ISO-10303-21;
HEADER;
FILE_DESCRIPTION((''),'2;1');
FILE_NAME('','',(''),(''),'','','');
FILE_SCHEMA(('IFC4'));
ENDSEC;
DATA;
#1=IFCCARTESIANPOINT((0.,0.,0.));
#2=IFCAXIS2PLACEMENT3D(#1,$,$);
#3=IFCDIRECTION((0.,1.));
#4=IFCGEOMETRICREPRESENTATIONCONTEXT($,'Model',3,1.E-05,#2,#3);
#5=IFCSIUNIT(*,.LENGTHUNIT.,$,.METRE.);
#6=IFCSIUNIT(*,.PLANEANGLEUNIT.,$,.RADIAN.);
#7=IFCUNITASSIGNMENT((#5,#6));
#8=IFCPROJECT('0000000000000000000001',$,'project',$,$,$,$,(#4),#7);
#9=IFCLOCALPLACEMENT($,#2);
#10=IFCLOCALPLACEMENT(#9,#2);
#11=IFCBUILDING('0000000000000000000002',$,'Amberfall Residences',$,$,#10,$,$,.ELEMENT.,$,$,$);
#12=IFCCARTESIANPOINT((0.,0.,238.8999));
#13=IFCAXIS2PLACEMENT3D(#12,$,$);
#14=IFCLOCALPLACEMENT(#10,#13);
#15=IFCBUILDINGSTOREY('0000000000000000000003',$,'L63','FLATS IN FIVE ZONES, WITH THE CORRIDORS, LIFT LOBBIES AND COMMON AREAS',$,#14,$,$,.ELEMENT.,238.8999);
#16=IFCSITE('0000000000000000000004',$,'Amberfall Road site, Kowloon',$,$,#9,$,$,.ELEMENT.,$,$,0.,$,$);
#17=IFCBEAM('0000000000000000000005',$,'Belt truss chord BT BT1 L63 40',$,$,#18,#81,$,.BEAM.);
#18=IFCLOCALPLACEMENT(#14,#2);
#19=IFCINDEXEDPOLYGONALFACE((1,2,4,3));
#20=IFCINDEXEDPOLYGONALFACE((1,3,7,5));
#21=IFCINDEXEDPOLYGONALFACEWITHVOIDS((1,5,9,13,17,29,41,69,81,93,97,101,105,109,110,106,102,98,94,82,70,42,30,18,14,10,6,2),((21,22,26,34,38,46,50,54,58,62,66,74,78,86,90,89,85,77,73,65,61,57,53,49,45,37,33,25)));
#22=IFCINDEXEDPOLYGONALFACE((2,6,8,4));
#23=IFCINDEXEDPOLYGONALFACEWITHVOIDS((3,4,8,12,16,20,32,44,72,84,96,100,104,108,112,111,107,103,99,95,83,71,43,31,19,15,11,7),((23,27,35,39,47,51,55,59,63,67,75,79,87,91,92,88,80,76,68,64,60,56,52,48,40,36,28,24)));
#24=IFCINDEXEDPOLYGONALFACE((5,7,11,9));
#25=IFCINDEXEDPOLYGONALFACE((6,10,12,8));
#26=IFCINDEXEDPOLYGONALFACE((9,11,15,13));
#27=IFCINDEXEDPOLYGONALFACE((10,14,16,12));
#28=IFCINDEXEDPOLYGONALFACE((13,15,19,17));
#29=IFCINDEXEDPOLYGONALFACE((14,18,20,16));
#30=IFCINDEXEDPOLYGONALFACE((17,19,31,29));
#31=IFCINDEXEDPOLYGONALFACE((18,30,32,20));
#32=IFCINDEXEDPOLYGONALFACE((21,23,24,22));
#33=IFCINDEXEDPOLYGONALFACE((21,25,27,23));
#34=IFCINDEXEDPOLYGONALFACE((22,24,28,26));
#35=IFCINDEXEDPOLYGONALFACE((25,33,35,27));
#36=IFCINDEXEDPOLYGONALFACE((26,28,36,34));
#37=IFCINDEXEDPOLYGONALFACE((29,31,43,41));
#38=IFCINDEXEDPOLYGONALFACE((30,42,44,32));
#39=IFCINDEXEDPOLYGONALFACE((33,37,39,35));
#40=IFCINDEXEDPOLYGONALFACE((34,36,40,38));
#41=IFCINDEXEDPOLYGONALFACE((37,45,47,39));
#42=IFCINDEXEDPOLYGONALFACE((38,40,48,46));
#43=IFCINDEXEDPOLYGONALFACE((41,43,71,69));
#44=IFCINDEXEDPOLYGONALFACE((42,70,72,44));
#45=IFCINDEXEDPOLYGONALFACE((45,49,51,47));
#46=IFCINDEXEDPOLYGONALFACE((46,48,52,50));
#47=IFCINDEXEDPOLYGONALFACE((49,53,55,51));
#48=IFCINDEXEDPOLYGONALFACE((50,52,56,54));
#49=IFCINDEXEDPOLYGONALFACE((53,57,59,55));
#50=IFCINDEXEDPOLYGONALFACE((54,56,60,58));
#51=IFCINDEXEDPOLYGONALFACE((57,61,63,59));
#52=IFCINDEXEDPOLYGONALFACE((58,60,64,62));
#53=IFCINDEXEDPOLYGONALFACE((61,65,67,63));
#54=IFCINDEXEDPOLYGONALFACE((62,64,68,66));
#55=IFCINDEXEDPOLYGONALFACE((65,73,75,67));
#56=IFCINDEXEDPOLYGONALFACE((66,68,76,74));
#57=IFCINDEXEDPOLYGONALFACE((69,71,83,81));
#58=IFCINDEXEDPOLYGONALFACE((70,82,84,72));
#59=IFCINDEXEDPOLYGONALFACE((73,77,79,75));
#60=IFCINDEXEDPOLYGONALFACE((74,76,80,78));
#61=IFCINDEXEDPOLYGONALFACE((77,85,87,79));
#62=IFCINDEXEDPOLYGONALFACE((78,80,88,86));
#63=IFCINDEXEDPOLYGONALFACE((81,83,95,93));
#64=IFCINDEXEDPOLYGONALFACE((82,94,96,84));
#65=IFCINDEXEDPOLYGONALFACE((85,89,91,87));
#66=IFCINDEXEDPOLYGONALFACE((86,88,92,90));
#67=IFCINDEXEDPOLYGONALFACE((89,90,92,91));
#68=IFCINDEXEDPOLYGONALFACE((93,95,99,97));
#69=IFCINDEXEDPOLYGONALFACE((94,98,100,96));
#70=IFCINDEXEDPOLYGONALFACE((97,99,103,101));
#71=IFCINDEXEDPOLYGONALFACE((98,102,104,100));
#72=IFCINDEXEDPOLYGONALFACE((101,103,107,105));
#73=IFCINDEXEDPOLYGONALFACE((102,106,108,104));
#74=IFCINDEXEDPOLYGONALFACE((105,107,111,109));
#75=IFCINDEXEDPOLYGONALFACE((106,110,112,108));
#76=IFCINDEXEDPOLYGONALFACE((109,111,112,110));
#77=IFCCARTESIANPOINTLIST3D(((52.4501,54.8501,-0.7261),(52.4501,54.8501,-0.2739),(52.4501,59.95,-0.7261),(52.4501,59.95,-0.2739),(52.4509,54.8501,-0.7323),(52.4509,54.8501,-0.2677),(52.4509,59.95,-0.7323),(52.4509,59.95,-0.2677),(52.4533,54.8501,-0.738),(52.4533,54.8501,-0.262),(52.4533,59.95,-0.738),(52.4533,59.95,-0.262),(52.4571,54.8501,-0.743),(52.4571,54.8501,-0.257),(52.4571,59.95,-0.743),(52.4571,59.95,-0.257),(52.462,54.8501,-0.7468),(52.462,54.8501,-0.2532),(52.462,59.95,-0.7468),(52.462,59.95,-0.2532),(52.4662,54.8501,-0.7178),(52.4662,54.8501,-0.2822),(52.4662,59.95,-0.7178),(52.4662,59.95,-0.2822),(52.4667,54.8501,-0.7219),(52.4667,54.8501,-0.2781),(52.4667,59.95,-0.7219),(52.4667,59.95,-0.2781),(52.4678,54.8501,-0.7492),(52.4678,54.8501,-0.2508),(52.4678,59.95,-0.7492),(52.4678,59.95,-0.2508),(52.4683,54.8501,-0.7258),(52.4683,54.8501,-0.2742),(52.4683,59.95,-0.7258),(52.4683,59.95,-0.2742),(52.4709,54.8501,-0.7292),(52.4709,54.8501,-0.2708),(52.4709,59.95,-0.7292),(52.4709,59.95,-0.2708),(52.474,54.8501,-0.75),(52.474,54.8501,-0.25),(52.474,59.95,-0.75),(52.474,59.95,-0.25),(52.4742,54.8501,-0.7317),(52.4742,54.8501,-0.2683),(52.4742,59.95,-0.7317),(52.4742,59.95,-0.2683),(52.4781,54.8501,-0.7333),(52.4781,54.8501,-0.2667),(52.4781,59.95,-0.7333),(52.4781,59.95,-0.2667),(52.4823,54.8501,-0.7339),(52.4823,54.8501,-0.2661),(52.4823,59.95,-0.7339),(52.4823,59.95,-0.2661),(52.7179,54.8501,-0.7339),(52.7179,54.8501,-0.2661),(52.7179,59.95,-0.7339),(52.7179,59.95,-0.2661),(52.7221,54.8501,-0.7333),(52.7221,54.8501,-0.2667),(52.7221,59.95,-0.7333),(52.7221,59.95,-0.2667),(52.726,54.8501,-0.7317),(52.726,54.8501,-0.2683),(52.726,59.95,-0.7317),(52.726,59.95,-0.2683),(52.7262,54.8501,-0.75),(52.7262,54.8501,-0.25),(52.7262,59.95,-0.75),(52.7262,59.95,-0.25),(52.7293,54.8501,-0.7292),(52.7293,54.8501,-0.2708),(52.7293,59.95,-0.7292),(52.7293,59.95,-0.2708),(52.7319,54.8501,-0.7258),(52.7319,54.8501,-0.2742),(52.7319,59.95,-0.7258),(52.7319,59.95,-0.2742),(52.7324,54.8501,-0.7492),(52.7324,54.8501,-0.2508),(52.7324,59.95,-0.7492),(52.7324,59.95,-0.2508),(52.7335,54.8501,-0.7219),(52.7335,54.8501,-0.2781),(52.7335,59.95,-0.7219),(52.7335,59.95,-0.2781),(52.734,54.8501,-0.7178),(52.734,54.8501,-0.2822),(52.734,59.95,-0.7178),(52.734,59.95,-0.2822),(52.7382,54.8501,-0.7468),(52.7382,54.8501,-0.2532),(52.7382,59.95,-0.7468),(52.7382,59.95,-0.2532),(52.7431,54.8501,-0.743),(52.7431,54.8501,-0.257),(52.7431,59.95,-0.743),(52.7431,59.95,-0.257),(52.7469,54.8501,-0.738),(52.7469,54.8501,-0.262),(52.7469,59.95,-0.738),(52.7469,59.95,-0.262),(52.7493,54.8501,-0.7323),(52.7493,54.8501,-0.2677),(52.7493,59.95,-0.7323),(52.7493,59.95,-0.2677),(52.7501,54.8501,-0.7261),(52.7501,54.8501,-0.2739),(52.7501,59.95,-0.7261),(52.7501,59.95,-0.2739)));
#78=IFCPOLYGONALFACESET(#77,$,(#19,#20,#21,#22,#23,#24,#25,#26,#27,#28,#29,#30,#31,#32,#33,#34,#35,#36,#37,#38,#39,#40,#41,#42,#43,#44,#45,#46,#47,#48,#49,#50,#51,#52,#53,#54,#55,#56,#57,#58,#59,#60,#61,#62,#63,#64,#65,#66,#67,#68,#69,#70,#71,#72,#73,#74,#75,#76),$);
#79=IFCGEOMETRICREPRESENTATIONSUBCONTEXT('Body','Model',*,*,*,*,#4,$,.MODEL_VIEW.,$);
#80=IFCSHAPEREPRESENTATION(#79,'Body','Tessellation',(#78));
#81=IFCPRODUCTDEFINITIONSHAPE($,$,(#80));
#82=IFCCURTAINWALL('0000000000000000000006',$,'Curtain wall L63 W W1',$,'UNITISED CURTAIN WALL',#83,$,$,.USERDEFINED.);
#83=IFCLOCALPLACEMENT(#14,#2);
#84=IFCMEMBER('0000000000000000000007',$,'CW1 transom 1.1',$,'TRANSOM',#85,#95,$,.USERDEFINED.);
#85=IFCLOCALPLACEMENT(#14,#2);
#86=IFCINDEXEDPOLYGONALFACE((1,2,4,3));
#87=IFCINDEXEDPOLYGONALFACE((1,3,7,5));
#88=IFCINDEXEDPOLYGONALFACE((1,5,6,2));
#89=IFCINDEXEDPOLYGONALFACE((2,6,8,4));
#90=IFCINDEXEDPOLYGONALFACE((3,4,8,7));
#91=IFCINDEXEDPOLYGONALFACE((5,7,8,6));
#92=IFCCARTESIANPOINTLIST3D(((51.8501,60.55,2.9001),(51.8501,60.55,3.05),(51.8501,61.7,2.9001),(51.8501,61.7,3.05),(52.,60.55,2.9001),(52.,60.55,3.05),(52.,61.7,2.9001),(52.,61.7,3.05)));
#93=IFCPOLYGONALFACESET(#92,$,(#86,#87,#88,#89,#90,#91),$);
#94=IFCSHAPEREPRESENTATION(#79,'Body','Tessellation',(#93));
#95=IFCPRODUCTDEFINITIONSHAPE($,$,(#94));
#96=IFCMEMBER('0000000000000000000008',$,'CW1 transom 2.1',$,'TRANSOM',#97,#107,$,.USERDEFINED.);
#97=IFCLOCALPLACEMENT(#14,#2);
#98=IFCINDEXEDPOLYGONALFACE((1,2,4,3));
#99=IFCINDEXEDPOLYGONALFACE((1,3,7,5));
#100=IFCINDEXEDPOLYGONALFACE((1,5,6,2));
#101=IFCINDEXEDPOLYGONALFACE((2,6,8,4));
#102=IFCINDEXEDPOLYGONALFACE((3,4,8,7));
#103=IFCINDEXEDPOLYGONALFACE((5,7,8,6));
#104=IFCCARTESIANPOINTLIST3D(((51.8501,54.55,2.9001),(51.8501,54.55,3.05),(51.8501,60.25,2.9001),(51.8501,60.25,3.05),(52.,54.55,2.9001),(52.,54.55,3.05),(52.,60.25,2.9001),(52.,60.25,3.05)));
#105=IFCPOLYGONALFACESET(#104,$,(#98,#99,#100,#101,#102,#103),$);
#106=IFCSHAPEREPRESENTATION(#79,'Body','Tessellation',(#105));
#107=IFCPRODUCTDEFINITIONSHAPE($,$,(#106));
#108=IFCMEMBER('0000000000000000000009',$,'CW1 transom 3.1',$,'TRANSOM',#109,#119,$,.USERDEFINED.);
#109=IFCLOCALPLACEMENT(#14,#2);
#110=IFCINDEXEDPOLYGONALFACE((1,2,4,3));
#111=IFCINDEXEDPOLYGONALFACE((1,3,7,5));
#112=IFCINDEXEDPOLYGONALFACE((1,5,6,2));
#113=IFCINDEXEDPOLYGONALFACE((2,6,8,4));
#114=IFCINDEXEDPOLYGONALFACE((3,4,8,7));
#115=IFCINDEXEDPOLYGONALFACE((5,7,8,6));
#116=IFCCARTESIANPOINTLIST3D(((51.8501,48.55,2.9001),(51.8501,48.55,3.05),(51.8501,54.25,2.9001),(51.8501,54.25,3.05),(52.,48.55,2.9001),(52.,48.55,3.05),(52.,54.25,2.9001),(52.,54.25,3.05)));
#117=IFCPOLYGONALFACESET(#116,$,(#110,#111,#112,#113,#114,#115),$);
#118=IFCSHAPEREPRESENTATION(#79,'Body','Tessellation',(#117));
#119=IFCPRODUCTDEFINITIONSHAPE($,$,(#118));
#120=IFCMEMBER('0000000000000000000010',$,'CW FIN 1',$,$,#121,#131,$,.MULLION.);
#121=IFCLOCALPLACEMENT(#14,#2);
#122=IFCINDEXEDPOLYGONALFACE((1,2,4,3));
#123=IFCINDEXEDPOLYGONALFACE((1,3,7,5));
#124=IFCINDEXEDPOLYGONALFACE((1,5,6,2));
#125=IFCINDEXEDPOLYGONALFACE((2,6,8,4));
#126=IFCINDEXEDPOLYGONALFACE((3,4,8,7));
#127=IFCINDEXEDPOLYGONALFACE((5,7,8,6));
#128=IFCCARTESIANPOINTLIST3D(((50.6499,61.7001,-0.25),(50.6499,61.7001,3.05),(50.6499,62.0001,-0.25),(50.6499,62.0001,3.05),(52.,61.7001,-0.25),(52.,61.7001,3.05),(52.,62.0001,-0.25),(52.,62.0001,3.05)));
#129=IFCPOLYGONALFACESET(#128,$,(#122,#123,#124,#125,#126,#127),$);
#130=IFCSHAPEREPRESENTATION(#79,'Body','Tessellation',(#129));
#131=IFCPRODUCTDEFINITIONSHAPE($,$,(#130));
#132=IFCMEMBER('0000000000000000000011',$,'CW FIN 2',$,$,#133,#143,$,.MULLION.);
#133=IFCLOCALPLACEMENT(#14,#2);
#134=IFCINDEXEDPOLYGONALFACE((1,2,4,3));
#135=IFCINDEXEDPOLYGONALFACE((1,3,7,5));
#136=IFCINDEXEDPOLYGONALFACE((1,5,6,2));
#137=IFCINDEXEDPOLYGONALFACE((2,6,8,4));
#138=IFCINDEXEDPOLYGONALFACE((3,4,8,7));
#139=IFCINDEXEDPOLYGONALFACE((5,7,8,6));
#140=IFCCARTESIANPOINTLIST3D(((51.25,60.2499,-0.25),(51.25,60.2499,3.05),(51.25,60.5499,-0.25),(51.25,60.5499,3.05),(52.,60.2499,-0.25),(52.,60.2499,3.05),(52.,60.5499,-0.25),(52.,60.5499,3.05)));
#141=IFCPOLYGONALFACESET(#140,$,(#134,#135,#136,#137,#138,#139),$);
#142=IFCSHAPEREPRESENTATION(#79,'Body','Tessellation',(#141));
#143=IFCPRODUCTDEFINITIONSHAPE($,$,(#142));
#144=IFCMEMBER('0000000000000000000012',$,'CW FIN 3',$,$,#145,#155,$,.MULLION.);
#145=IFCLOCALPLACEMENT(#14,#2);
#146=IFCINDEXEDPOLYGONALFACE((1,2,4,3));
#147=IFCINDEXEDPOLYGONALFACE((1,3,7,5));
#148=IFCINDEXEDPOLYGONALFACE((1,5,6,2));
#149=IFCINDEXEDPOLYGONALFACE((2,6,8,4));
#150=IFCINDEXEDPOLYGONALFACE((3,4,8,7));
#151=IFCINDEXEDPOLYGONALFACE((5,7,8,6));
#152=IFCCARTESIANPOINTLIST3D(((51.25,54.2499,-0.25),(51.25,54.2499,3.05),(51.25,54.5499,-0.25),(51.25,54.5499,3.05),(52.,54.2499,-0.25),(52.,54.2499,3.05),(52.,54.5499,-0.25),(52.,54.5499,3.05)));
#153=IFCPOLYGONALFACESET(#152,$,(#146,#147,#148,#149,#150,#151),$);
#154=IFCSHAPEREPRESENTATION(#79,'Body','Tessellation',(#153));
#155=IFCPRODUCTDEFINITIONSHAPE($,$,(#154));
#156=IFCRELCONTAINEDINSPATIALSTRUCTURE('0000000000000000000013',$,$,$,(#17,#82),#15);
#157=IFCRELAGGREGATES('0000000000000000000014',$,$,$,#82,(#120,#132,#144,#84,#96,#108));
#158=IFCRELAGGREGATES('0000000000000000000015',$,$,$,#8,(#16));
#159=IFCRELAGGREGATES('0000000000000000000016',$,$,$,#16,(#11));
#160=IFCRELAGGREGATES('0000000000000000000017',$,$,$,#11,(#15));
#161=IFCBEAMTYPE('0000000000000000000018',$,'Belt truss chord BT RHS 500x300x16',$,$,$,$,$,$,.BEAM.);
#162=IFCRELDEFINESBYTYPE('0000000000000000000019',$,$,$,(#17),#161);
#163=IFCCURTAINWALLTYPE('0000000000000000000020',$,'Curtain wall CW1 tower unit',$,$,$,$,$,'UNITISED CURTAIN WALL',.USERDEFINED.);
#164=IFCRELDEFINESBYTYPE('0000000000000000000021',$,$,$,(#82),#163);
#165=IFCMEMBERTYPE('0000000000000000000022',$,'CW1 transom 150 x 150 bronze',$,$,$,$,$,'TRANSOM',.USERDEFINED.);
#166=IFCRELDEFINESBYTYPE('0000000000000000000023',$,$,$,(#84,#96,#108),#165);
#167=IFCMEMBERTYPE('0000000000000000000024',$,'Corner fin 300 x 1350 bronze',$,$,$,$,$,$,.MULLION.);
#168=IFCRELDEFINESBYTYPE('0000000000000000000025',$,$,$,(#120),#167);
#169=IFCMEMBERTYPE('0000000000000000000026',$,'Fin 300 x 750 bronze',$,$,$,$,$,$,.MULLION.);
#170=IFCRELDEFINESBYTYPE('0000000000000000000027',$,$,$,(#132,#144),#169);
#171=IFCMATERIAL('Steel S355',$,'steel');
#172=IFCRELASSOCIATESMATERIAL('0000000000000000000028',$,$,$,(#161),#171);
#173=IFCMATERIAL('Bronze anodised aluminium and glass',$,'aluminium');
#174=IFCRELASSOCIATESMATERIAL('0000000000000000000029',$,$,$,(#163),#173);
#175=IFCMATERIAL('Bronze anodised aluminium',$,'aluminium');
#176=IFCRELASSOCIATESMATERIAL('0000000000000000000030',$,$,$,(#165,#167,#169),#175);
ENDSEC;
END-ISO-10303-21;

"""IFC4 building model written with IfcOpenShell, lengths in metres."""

from ifc_helpers import new_model, si_unit, direction, frame, origin, origin_2d, place, context, subcontext, project, spatial, rectangle, hollow_rectangle, extrude, material, material_profile, profile_set, type_object, element, aggregate, save


model = new_model("IFC4")

# Units and contexts
model_context = context("Model", 3, precision=1e-05, world=origin(), true_north=direction((0.0, 1.0)))
body_context = subcontext(model_context, "Body", "Model", "MODEL_VIEW")
ifc_project = project(units=[si_unit("LENGTHUNIT", "METRE"), si_unit("PLANEANGLEUNIT", "RADIAN")], contexts=[model_context])

# Site, building, storey
site_placement = place(None, origin())
site = spatial("IfcSite", under=ifc_project, at=site_placement, Name="Amberfall Road site, Kowloon", CompositionType="ELEMENT", RefElevation=0.0)
building_placement = place(site_placement, origin())
building = spatial("IfcBuilding", under=site, at=building_placement, Name="Amberfall Residences", CompositionType="ELEMENT")
storey_placement = place(building_placement, frame((0.0, 0.0, 238.8999)))
storey = spatial("IfcBuildingStorey", under=building, at=storey_placement, Name="L63", Description="FLATS IN FIVE ZONES, WITH THE CORRIDORS, LIFT LOBBIES AND COMMON AREAS", CompositionType="ELEMENT", Elevation=238.8999)

# Beam
ifc_material_1 = material(Name="Steel S355", Category="steel")
ifc_material_profile_1 = material_profile(ifc_material_1, hollow_rectangle(XDim=0.3, YDim=0.5, WallThickness=0.0161, InnerFilletRadius=0.0161, OuterFilletRadius=0.0239, at=origin_2d()), Name="RHS 500x300x16")
ifc_profile_set_1 = profile_set([ifc_material_profile_1], Name="Steel S355")
beam_type_1 = type_object("IfcBeamType", Name="Belt truss chord BT RHS 500x300x16", PredefinedType="BEAM", material=ifc_profile_set_1)
beam_1_placement = place(storey_placement, frame((52.6001, 54.8501, -0.5), z_axis=(0.0, 1.0, 0.0), x_axis=(-1.0, 0.0, 0.0)))
element("IfcBeam", 1, at=beam_1_placement, inside=storey, type_object=beam_type_1, Name="Belt truss chord BT BT1 L63 40", PredefinedType="BEAM", context=body_context, shape_type="SweptSolid", body=[
    extrude(hollow_rectangle(XDim=0.3, YDim=0.5, WallThickness=0.0161, InnerFilletRadius=0.0161, OuterFilletRadius=0.0239, at=origin_2d()), origin(), (0.0, 0.0, 1.0), 5.0999),
])

# Curtain wall, members
ifc_material_2 = material(Name="Bronze anodised aluminium and glass", Category="aluminium")
curtain_wall_type = type_object("IfcCurtainWallType", Name="Curtain wall CW1 tower unit", ElementType="UNITISED CURTAIN WALL", PredefinedType="USERDEFINED", material=ifc_material_2)
curtain_wall_placement = place(storey_placement, origin())
curtain_wall = element("IfcCurtainWall", 2, at=curtain_wall_placement, inside=storey, type_object=curtain_wall_type, Name="Curtain wall L63 W W1", ObjectType="UNITISED CURTAIN WALL", PredefinedType="USERDEFINED")
ifc_material_3 = material(Name="Bronze anodised aluminium", Category="aluminium")
ifc_material_profile_2 = material_profile(ifc_material_3, rectangle(XDim=0.1499, YDim=0.1499, at=origin_2d()), Name="CW1 transom 150 x 150 bronze")
ifc_profile_set_2 = profile_set([ifc_material_profile_2], Name="Bronze anodised aluminium")
member_type_1 = type_object("IfcMemberType", Name="CW1 transom 150 x 150 bronze", ElementType="TRANSOM", PredefinedType="USERDEFINED", material=ifc_profile_set_2)
member_1_placement = place(storey_placement, frame((51.925, 61.7, 2.9751), z_axis=(0.0, -1.0, 0.0), x_axis=(1.0, 0.0, 0.0)))
member_1 = element("IfcMember", 3, at=member_1_placement, type_object=member_type_1, Name="CW1 transom 1.1", ObjectType="TRANSOM", PredefinedType="USERDEFINED", context=body_context, shape_type="SweptSolid", body=[
    extrude(rectangle(XDim=0.1499, YDim=0.1499, at=origin_2d()), origin(), (0.0, 0.0, 1.0), 1.1499),
])
member_2_placement = place(storey_placement, frame((51.925, 60.25, 2.9751), z_axis=(0.0, -1.0, 0.0), x_axis=(1.0, 0.0, 0.0)))
member_2 = element("IfcMember", 4, at=member_2_placement, type_object=member_type_1, Name="CW1 transom 2.1", ObjectType="TRANSOM", PredefinedType="USERDEFINED", context=body_context, shape_type="SweptSolid", body=[
    extrude(rectangle(XDim=0.1499, YDim=0.1499, at=origin_2d()), origin(), (0.0, 0.0, 1.0), 5.7),
])
member_3_placement = place(storey_placement, frame((51.925, 54.25, 2.9751), z_axis=(0.0, -1.0, 0.0), x_axis=(1.0, 0.0, 0.0)))
member_3 = element("IfcMember", 5, at=member_3_placement, type_object=member_type_1, Name="CW1 transom 3.1", ObjectType="TRANSOM", PredefinedType="USERDEFINED", context=body_context, shape_type="SweptSolid", body=[
    extrude(rectangle(XDim=0.1499, YDim=0.1499, at=origin_2d()), origin(), (0.0, 0.0, 1.0), 5.7),
])
ifc_material_profile_3 = material_profile(ifc_material_3, rectangle(XDim=1.3501, YDim=0.3, at=origin_2d()), Name="Corner fin 300 x 1350 bronze")
ifc_profile_set_3 = profile_set([ifc_material_profile_3], Name="Bronze anodised aluminium")
member_type_2 = type_object("IfcMemberType", Name="Corner fin 300 x 1350 bronze", PredefinedType="MULLION", material=ifc_profile_set_3)
member_4_placement = place(storey_placement, frame((51.325, 61.8501, -0.25), z_axis=(0.0, 0.0, 1.0), x_axis=(1.0, 0.0, 0.0)))
member_4 = element("IfcMember", 6, at=member_4_placement, type_object=member_type_2, Name="CW FIN 1", PredefinedType="MULLION", context=body_context, shape_type="SweptSolid", body=[
    extrude(rectangle(XDim=1.3501, YDim=0.3, at=origin_2d()), origin(), (0.0, 0.0, 1.0), 3.3),
])
ifc_material_profile_4 = material_profile(ifc_material_3, rectangle(XDim=0.75, YDim=0.3, at=origin_2d()), Name="Fin 300 x 750 bronze")
ifc_profile_set_4 = profile_set([ifc_material_profile_4], Name="Bronze anodised aluminium")
member_type_3 = type_object("IfcMemberType", Name="Fin 300 x 750 bronze", PredefinedType="MULLION", material=ifc_profile_set_4)
member_5_placement = place(storey_placement, frame((51.625, 60.3999, -0.25), z_axis=(0.0, 0.0, 1.0), x_axis=(1.0, 0.0, 0.0)))
member_5 = element("IfcMember", 7, at=member_5_placement, type_object=member_type_3, Name="CW FIN 2", PredefinedType="MULLION", context=body_context, shape_type="SweptSolid", body=[
    extrude(rectangle(XDim=0.75, YDim=0.3, at=origin_2d()), origin(), (0.0, 0.0, 1.0), 3.3),
])
member_6_placement = place(storey_placement, frame((51.625, 54.3999, -0.25), z_axis=(0.0, 0.0, 1.0), x_axis=(1.0, 0.0, 0.0)))
member_6 = element("IfcMember", 8, at=member_6_placement, type_object=member_type_3, Name="CW FIN 3", PredefinedType="MULLION", context=body_context, shape_type="SweptSolid", body=[
    extrude(rectangle(XDim=0.75, YDim=0.3, at=origin_2d()), origin(), (0.0, 0.0, 1.0), 3.3),
])

aggregate(curtain_wall, [member_4, member_5, member_6, member_1, member_2, member_3])

save(model, "model.ifc")
